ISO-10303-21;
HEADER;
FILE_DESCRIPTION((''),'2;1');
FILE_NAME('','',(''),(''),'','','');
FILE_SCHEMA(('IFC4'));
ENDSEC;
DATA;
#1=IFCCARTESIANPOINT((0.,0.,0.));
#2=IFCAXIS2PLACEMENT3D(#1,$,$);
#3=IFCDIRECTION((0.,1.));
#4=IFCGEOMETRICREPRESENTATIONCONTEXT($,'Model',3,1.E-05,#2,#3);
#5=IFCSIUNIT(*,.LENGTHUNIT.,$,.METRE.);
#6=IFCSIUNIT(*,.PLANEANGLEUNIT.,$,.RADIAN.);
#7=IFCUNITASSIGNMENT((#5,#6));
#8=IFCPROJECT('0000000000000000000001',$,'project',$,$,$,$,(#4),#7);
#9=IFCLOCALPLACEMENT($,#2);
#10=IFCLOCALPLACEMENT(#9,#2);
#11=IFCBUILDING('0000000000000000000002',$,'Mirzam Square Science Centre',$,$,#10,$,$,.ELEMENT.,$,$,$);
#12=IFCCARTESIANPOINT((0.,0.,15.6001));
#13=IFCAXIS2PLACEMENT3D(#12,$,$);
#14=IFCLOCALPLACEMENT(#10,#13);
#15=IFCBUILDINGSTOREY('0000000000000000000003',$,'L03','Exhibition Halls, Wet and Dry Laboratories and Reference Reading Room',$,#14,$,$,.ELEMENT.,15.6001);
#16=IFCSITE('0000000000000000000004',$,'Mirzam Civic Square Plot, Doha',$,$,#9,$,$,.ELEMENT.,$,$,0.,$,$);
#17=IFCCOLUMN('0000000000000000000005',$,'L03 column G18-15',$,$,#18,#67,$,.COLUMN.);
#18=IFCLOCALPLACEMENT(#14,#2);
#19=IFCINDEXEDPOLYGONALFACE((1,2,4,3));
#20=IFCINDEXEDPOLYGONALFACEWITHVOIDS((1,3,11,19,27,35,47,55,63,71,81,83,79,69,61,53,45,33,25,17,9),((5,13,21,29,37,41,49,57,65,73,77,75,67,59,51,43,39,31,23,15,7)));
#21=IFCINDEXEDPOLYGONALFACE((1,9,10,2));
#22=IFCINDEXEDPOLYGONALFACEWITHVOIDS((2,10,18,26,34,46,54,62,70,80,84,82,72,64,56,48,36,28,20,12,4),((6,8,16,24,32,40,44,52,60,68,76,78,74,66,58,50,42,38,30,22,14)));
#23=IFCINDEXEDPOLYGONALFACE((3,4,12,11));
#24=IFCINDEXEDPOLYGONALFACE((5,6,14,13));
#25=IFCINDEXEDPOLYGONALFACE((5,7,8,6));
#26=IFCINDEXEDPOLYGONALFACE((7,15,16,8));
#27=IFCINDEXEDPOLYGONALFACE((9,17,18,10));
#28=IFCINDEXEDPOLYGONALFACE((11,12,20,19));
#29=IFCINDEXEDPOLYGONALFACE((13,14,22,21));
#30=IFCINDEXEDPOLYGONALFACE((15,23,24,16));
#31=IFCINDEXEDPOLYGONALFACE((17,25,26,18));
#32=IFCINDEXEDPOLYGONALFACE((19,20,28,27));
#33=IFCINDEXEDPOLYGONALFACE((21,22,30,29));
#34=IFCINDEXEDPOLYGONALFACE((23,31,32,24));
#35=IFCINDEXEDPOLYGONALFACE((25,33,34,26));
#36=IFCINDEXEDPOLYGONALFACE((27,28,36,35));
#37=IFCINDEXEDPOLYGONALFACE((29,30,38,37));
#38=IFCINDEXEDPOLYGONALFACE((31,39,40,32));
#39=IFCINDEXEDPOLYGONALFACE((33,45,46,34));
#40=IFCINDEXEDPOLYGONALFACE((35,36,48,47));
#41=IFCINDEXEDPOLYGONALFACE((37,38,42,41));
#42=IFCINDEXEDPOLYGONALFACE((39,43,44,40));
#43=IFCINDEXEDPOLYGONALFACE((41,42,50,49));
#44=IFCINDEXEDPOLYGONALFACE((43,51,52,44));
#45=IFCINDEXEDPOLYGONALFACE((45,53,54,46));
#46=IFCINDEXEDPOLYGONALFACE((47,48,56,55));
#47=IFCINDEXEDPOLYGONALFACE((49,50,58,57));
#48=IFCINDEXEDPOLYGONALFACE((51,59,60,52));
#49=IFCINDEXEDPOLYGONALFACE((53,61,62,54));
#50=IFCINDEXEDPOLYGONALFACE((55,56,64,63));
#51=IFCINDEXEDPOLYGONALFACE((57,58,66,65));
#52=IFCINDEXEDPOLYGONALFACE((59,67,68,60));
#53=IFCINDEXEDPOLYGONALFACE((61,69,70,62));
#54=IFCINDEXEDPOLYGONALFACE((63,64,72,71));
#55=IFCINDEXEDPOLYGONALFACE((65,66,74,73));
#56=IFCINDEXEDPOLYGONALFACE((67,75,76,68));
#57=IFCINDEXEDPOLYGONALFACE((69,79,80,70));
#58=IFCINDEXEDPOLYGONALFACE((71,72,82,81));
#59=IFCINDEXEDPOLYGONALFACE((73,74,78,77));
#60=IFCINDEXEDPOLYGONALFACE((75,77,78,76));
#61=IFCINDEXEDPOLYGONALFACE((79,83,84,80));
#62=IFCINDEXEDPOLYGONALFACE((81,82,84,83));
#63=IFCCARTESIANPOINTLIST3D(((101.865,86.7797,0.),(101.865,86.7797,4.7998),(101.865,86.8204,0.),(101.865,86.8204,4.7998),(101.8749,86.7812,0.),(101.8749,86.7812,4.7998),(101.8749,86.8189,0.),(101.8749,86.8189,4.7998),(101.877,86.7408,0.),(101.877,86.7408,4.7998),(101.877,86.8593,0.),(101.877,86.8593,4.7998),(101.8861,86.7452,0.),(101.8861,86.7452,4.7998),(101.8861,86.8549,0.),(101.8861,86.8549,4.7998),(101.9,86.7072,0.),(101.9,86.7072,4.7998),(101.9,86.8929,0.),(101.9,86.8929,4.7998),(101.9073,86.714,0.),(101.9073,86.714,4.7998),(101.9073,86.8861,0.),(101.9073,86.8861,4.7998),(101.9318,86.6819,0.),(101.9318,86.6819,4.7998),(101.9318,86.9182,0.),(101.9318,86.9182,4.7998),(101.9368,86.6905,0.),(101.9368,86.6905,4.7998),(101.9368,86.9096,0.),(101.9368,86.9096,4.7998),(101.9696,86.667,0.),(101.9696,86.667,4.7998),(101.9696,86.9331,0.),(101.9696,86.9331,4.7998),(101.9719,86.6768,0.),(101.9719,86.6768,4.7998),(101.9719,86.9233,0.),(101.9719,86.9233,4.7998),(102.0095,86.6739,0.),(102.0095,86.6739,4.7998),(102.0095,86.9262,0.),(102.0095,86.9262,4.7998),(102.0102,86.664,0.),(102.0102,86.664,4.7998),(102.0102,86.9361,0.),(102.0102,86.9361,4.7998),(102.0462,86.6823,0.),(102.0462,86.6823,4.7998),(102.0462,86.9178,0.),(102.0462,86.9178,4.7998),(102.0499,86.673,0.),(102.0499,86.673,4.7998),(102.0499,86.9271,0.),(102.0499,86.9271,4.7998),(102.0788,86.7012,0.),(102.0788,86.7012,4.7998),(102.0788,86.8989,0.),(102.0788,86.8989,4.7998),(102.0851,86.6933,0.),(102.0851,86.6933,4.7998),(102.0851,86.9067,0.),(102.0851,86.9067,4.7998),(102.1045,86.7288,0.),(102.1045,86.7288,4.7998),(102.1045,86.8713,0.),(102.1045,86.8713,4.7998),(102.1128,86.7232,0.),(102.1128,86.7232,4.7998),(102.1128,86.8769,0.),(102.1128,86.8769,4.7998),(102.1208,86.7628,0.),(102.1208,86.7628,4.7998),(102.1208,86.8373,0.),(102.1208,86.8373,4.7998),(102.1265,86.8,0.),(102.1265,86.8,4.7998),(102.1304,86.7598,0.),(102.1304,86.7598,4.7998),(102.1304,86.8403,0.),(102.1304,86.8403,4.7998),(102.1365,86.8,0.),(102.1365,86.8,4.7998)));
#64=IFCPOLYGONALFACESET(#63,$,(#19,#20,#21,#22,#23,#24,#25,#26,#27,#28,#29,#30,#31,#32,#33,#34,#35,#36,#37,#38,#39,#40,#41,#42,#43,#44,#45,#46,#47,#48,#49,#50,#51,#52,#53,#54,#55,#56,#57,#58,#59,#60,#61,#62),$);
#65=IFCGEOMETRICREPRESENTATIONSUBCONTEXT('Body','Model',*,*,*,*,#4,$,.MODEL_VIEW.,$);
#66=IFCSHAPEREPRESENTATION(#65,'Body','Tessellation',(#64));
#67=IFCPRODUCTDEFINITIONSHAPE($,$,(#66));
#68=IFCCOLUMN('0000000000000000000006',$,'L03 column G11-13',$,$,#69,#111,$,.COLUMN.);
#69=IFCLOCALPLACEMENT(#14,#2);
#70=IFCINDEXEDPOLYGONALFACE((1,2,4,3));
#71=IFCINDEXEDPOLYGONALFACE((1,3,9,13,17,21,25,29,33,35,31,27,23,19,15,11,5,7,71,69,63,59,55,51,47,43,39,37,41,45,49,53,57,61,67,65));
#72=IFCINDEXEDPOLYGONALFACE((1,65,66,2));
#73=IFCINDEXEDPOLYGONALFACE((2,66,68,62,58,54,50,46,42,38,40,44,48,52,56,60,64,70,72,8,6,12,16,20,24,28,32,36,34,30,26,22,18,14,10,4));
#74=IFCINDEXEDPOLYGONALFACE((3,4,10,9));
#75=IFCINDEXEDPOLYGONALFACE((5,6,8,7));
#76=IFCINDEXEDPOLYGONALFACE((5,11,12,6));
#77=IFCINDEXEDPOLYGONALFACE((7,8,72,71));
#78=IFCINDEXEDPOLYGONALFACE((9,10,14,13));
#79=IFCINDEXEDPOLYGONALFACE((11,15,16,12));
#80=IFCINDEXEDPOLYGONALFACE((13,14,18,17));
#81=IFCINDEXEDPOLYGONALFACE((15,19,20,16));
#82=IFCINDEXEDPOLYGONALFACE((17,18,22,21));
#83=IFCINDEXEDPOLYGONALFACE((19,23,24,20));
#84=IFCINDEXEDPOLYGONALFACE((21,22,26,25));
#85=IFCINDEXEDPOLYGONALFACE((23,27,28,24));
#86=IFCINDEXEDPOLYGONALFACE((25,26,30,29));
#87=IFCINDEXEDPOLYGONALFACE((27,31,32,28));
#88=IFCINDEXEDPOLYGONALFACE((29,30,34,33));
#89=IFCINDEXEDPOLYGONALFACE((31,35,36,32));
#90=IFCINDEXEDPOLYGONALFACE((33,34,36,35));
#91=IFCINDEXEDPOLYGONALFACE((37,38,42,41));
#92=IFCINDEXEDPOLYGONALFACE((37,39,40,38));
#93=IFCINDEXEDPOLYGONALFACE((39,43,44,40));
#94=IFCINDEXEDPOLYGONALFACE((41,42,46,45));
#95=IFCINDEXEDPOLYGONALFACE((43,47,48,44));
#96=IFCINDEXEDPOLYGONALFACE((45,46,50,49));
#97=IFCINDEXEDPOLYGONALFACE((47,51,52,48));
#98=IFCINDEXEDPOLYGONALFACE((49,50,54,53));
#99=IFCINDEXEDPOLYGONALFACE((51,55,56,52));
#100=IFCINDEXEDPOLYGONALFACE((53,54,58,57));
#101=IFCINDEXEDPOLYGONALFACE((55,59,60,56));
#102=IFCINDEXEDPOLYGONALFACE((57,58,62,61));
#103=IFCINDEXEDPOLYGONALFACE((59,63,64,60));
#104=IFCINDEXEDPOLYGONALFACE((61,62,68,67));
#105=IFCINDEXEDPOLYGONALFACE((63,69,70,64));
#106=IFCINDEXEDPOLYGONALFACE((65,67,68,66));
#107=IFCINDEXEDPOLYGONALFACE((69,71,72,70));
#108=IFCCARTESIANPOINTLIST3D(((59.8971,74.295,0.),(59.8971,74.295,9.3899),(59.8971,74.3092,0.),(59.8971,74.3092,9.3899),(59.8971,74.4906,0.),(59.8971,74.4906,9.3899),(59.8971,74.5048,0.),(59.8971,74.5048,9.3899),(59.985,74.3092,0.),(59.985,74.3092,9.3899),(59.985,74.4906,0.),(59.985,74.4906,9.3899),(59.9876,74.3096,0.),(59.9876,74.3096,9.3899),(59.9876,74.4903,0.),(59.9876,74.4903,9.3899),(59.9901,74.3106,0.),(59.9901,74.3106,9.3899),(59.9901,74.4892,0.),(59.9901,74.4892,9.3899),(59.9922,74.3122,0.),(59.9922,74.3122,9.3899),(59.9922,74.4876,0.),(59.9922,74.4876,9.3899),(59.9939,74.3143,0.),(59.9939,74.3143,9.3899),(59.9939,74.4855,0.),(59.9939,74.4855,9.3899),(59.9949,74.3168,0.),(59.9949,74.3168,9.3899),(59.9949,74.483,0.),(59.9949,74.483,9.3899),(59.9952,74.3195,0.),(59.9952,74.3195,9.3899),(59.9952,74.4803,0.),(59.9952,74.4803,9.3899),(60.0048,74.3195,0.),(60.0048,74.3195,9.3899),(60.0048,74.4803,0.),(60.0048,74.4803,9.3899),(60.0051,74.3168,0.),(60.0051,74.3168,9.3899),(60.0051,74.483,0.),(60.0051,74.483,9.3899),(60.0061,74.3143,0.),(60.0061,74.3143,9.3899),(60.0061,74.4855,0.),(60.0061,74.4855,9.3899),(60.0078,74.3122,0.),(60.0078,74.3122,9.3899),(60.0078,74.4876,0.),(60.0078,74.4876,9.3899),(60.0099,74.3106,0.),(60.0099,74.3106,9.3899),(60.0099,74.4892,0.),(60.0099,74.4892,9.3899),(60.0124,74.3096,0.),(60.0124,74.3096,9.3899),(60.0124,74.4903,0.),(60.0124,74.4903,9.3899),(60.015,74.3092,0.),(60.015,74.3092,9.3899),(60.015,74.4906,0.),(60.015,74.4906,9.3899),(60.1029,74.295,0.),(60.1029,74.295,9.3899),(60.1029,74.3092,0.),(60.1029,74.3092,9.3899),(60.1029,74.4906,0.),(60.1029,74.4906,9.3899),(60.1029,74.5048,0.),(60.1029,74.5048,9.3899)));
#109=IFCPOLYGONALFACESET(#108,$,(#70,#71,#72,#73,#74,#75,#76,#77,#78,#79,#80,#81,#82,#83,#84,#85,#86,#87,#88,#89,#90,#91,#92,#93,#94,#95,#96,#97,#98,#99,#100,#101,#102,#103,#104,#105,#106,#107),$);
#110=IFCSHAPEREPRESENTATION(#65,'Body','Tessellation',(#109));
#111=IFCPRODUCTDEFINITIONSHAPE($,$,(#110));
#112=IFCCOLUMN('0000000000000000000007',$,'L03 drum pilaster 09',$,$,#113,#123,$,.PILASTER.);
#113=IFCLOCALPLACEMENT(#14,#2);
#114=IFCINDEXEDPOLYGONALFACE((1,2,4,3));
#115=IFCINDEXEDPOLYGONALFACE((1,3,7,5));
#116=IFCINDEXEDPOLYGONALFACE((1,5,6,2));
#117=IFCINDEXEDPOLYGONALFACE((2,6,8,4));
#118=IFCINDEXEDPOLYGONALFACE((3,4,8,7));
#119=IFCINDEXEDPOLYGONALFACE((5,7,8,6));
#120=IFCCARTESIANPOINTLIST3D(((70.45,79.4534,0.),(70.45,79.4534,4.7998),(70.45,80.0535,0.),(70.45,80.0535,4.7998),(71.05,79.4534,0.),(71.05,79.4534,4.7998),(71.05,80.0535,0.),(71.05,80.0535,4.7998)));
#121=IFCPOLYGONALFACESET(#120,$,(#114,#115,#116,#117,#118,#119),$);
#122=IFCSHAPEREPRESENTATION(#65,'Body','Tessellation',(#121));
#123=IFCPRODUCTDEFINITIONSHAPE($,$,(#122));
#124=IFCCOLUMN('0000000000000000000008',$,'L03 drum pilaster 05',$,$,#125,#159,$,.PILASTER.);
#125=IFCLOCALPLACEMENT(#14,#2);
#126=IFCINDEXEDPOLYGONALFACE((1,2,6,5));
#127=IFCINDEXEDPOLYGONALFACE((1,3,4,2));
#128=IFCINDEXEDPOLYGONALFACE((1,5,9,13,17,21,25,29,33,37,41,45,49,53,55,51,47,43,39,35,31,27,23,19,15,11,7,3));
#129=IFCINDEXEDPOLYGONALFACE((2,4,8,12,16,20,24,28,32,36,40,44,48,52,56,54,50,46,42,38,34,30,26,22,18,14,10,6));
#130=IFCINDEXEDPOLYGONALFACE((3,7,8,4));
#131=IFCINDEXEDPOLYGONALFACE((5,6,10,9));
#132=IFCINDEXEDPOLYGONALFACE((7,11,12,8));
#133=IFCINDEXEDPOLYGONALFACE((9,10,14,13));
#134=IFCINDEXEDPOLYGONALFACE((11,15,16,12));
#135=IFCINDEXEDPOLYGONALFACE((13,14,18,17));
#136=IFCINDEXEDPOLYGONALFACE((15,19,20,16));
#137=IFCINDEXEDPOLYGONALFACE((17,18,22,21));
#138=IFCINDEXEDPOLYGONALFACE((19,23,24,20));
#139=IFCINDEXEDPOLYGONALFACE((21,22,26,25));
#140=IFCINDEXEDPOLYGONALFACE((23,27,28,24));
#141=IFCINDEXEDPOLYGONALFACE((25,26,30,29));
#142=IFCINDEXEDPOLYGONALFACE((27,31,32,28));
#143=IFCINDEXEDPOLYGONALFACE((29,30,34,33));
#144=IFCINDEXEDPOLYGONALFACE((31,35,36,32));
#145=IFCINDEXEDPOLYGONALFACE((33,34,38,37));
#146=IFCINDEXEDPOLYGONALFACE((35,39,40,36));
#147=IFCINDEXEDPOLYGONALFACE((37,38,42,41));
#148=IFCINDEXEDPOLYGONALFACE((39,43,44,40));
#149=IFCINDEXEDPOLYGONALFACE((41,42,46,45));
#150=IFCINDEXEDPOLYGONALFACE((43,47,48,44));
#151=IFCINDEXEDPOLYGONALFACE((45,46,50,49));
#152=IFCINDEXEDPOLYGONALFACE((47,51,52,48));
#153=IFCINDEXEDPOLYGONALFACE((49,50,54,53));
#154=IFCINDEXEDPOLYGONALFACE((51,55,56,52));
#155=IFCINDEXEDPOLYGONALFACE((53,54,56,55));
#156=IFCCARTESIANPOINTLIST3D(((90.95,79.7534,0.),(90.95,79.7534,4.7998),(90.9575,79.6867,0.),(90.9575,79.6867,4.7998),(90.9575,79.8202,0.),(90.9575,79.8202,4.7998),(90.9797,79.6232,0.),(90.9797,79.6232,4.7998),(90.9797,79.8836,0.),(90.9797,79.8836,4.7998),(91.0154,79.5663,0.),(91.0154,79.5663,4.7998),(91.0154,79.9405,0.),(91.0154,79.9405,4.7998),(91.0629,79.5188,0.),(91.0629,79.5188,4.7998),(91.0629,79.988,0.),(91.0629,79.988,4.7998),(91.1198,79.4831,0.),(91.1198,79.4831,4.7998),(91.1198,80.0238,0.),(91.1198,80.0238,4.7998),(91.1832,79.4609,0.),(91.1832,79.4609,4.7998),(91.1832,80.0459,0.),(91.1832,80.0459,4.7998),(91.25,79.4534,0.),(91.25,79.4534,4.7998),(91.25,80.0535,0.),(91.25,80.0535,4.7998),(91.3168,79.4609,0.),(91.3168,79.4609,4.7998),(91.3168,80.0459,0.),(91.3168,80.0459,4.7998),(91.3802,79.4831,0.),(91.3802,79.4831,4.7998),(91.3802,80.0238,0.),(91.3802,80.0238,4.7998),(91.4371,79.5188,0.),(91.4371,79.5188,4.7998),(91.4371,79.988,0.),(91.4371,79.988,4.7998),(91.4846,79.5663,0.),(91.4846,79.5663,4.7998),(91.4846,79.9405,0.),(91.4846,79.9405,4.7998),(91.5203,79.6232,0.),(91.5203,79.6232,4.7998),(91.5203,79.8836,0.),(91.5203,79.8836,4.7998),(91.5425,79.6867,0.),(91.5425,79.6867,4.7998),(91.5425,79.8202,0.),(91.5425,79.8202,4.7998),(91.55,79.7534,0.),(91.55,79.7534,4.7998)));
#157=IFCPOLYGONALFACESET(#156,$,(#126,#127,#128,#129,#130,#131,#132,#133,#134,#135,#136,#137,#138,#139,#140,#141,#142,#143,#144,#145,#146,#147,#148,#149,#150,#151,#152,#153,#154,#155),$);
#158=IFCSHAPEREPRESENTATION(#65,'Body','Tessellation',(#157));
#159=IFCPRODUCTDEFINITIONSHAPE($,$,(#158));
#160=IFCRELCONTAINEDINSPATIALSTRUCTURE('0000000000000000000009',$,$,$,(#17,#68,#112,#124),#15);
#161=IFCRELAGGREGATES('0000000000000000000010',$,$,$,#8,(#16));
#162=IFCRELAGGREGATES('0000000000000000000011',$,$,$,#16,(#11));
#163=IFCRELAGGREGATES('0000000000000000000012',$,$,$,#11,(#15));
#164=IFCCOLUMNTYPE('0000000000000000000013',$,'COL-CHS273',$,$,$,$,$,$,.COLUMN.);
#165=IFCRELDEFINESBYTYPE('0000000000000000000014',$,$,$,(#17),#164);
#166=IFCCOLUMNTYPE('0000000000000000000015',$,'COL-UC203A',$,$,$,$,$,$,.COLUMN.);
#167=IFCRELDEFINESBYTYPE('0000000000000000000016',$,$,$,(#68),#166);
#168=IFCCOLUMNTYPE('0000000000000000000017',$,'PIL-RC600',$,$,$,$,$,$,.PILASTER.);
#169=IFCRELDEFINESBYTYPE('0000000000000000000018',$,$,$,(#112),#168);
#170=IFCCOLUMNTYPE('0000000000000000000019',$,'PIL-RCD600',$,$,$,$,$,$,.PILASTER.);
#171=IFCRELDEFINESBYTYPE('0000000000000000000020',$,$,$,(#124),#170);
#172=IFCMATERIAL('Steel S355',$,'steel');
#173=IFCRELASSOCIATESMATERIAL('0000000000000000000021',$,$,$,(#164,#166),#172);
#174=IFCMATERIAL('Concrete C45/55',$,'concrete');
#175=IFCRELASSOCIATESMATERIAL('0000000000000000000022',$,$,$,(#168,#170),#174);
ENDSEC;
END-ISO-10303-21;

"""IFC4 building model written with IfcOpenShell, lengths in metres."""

from ifc_helpers import new_model, si_unit, direction, frame, origin, origin_2d, place, context, subcontext, project, spatial, rectangle, circle, hollow_circle, i_section, extrude, material, material_profile, profile_set, type_object, element, save


model = new_model("IFC4")

# Units and contexts
model_context = context("Model", 3, precision=1e-05, world=origin(), true_north=direction((0.0, 1.0)))
body_context = subcontext(model_context, "Body", "Model", "MODEL_VIEW")
ifc_project = project(units=[si_unit("LENGTHUNIT", "METRE"), si_unit("PLANEANGLEUNIT", "RADIAN")], contexts=[model_context])

# Site, building, storey
site_placement = place(None, origin())
site = spatial("IfcSite", under=ifc_project, at=site_placement, Name="Mirzam Civic Square Plot, Doha", CompositionType="ELEMENT", RefElevation=0.0)
building_placement = place(site_placement, origin())
building = spatial("IfcBuilding", under=site, at=building_placement, Name="Mirzam Square Science Centre", CompositionType="ELEMENT")
storey_placement = place(building_placement, frame((0.0, 0.0, 15.6001)))
storey = spatial("IfcBuildingStorey", under=building, at=storey_placement, Name="L03", Description="Exhibition Halls, Wet and Dry Laboratories and Reference Reading Room", CompositionType="ELEMENT", Elevation=15.6001)

# Columns
ifc_material_1 = material(Name="Steel S355", Category="steel")
ifc_material_profile_1 = material_profile(ifc_material_1, hollow_circle(Radius=0.1365, WallThickness=0.01, at=origin_2d()), Name="273.0x10.0CHS")
ifc_profile_set_1 = profile_set([ifc_material_profile_1], Name="Steel S355")
column_type_1 = type_object("IfcColumnType", Name="COL-CHS273", PredefinedType="COLUMN", material=ifc_profile_set_1)
for number, where, z_axis, x_axis, name in (
    (1, (102.0, 86.8, 0.0), (0.0, 0.0, 1.0), (1.0, 0.0, 0.0), "L03 column G18-15"),
):
    element("IfcColumn", number, at=place(storey_placement, frame(where, z_axis=z_axis, x_axis=x_axis)), inside=storey, type_object=column_type_1, Name=name, PredefinedType="COLUMN", context=body_context, shape_type="SweptSolid", body=[
        extrude(hollow_circle(Radius=0.1365, WallThickness=0.01, at=origin_2d()), origin(), (0.0, 0.0, 1.0), 4.7998),
    ])
ifc_material_profile_2 = material_profile(ifc_material_1, i_section(OverallWidth=0.2058, OverallDepth=0.2097, WebThickness=0.0095, FlangeThickness=0.0142, FilletRadius=0.0103, at=origin_2d()), Name="203x203x60UC")
ifc_profile_set_2 = profile_set([ifc_material_profile_2], Name="Steel S355")
column_type_2 = type_object("IfcColumnType", Name="COL-UC203A", PredefinedType="COLUMN", material=ifc_profile_set_2)
column_1_placement = place(storey_placement, frame((60.0, 74.3999, 0.0), z_axis=(0.0, 0.0, 1.0), x_axis=(1.0, 0.0, 0.0)))
element("IfcColumn", 2, at=column_1_placement, inside=storey, type_object=column_type_2, Name="L03 column G11-13", PredefinedType="COLUMN", context=body_context, shape_type="SweptSolid", body=[
    extrude(i_section(OverallWidth=0.2058, OverallDepth=0.2097, WebThickness=0.0095, FlangeThickness=0.0142, FilletRadius=0.0103, at=origin_2d()), origin(), (0.0, 0.0, 1.0), 9.3899),
])
ifc_material_2 = material(Name="Concrete C45/55", Category="concrete")
ifc_material_profile_3 = material_profile(ifc_material_2, rectangle(XDim=0.6001, YDim=0.6001, at=origin_2d()), Name="RC600x600")
ifc_profile_set_3 = profile_set([ifc_material_profile_3], Name="Concrete C45/55")
column_type_3 = type_object("IfcColumnType", Name="PIL-RC600", PredefinedType="PILASTER", material=ifc_profile_set_3)
column_2_placement = place(storey_placement, frame((70.75, 79.7534, 0.0), z_axis=(0.0, 0.0, 1.0), x_axis=(1.0, 0.0, 0.0)))
element("IfcColumn", 3, at=column_2_placement, inside=storey, type_object=column_type_3, Name="L03 drum pilaster 09", PredefinedType="PILASTER", context=body_context, shape_type="SweptSolid", body=[
    extrude(rectangle(XDim=0.6001, YDim=0.6001, at=origin_2d()), origin(), (0.0, 0.0, 1.0), 4.7998),
])
ifc_material_profile_4 = material_profile(ifc_material_2, circle(Radius=0.3, at=origin_2d()), Name="RCD600")
ifc_profile_set_4 = profile_set([ifc_material_profile_4], Name="Concrete C45/55")
column_type_4 = type_object("IfcColumnType", Name="PIL-RCD600", PredefinedType="PILASTER", material=ifc_profile_set_4)
column_3_placement = place(storey_placement, frame((91.25, 79.7534, 0.0), z_axis=(0.0, 0.0, 1.0), x_axis=(1.0, 0.0, 0.0)))
element("IfcColumn", 4, at=column_3_placement, inside=storey, type_object=column_type_4, Name="L03 drum pilaster 05", PredefinedType="PILASTER", context=body_context, shape_type="SweptSolid", body=[
    extrude(circle(Radius=0.3, at=origin_2d()), origin(), (0.0, 0.0, 1.0), 4.7998),
])

save(model, "model.ifc")
